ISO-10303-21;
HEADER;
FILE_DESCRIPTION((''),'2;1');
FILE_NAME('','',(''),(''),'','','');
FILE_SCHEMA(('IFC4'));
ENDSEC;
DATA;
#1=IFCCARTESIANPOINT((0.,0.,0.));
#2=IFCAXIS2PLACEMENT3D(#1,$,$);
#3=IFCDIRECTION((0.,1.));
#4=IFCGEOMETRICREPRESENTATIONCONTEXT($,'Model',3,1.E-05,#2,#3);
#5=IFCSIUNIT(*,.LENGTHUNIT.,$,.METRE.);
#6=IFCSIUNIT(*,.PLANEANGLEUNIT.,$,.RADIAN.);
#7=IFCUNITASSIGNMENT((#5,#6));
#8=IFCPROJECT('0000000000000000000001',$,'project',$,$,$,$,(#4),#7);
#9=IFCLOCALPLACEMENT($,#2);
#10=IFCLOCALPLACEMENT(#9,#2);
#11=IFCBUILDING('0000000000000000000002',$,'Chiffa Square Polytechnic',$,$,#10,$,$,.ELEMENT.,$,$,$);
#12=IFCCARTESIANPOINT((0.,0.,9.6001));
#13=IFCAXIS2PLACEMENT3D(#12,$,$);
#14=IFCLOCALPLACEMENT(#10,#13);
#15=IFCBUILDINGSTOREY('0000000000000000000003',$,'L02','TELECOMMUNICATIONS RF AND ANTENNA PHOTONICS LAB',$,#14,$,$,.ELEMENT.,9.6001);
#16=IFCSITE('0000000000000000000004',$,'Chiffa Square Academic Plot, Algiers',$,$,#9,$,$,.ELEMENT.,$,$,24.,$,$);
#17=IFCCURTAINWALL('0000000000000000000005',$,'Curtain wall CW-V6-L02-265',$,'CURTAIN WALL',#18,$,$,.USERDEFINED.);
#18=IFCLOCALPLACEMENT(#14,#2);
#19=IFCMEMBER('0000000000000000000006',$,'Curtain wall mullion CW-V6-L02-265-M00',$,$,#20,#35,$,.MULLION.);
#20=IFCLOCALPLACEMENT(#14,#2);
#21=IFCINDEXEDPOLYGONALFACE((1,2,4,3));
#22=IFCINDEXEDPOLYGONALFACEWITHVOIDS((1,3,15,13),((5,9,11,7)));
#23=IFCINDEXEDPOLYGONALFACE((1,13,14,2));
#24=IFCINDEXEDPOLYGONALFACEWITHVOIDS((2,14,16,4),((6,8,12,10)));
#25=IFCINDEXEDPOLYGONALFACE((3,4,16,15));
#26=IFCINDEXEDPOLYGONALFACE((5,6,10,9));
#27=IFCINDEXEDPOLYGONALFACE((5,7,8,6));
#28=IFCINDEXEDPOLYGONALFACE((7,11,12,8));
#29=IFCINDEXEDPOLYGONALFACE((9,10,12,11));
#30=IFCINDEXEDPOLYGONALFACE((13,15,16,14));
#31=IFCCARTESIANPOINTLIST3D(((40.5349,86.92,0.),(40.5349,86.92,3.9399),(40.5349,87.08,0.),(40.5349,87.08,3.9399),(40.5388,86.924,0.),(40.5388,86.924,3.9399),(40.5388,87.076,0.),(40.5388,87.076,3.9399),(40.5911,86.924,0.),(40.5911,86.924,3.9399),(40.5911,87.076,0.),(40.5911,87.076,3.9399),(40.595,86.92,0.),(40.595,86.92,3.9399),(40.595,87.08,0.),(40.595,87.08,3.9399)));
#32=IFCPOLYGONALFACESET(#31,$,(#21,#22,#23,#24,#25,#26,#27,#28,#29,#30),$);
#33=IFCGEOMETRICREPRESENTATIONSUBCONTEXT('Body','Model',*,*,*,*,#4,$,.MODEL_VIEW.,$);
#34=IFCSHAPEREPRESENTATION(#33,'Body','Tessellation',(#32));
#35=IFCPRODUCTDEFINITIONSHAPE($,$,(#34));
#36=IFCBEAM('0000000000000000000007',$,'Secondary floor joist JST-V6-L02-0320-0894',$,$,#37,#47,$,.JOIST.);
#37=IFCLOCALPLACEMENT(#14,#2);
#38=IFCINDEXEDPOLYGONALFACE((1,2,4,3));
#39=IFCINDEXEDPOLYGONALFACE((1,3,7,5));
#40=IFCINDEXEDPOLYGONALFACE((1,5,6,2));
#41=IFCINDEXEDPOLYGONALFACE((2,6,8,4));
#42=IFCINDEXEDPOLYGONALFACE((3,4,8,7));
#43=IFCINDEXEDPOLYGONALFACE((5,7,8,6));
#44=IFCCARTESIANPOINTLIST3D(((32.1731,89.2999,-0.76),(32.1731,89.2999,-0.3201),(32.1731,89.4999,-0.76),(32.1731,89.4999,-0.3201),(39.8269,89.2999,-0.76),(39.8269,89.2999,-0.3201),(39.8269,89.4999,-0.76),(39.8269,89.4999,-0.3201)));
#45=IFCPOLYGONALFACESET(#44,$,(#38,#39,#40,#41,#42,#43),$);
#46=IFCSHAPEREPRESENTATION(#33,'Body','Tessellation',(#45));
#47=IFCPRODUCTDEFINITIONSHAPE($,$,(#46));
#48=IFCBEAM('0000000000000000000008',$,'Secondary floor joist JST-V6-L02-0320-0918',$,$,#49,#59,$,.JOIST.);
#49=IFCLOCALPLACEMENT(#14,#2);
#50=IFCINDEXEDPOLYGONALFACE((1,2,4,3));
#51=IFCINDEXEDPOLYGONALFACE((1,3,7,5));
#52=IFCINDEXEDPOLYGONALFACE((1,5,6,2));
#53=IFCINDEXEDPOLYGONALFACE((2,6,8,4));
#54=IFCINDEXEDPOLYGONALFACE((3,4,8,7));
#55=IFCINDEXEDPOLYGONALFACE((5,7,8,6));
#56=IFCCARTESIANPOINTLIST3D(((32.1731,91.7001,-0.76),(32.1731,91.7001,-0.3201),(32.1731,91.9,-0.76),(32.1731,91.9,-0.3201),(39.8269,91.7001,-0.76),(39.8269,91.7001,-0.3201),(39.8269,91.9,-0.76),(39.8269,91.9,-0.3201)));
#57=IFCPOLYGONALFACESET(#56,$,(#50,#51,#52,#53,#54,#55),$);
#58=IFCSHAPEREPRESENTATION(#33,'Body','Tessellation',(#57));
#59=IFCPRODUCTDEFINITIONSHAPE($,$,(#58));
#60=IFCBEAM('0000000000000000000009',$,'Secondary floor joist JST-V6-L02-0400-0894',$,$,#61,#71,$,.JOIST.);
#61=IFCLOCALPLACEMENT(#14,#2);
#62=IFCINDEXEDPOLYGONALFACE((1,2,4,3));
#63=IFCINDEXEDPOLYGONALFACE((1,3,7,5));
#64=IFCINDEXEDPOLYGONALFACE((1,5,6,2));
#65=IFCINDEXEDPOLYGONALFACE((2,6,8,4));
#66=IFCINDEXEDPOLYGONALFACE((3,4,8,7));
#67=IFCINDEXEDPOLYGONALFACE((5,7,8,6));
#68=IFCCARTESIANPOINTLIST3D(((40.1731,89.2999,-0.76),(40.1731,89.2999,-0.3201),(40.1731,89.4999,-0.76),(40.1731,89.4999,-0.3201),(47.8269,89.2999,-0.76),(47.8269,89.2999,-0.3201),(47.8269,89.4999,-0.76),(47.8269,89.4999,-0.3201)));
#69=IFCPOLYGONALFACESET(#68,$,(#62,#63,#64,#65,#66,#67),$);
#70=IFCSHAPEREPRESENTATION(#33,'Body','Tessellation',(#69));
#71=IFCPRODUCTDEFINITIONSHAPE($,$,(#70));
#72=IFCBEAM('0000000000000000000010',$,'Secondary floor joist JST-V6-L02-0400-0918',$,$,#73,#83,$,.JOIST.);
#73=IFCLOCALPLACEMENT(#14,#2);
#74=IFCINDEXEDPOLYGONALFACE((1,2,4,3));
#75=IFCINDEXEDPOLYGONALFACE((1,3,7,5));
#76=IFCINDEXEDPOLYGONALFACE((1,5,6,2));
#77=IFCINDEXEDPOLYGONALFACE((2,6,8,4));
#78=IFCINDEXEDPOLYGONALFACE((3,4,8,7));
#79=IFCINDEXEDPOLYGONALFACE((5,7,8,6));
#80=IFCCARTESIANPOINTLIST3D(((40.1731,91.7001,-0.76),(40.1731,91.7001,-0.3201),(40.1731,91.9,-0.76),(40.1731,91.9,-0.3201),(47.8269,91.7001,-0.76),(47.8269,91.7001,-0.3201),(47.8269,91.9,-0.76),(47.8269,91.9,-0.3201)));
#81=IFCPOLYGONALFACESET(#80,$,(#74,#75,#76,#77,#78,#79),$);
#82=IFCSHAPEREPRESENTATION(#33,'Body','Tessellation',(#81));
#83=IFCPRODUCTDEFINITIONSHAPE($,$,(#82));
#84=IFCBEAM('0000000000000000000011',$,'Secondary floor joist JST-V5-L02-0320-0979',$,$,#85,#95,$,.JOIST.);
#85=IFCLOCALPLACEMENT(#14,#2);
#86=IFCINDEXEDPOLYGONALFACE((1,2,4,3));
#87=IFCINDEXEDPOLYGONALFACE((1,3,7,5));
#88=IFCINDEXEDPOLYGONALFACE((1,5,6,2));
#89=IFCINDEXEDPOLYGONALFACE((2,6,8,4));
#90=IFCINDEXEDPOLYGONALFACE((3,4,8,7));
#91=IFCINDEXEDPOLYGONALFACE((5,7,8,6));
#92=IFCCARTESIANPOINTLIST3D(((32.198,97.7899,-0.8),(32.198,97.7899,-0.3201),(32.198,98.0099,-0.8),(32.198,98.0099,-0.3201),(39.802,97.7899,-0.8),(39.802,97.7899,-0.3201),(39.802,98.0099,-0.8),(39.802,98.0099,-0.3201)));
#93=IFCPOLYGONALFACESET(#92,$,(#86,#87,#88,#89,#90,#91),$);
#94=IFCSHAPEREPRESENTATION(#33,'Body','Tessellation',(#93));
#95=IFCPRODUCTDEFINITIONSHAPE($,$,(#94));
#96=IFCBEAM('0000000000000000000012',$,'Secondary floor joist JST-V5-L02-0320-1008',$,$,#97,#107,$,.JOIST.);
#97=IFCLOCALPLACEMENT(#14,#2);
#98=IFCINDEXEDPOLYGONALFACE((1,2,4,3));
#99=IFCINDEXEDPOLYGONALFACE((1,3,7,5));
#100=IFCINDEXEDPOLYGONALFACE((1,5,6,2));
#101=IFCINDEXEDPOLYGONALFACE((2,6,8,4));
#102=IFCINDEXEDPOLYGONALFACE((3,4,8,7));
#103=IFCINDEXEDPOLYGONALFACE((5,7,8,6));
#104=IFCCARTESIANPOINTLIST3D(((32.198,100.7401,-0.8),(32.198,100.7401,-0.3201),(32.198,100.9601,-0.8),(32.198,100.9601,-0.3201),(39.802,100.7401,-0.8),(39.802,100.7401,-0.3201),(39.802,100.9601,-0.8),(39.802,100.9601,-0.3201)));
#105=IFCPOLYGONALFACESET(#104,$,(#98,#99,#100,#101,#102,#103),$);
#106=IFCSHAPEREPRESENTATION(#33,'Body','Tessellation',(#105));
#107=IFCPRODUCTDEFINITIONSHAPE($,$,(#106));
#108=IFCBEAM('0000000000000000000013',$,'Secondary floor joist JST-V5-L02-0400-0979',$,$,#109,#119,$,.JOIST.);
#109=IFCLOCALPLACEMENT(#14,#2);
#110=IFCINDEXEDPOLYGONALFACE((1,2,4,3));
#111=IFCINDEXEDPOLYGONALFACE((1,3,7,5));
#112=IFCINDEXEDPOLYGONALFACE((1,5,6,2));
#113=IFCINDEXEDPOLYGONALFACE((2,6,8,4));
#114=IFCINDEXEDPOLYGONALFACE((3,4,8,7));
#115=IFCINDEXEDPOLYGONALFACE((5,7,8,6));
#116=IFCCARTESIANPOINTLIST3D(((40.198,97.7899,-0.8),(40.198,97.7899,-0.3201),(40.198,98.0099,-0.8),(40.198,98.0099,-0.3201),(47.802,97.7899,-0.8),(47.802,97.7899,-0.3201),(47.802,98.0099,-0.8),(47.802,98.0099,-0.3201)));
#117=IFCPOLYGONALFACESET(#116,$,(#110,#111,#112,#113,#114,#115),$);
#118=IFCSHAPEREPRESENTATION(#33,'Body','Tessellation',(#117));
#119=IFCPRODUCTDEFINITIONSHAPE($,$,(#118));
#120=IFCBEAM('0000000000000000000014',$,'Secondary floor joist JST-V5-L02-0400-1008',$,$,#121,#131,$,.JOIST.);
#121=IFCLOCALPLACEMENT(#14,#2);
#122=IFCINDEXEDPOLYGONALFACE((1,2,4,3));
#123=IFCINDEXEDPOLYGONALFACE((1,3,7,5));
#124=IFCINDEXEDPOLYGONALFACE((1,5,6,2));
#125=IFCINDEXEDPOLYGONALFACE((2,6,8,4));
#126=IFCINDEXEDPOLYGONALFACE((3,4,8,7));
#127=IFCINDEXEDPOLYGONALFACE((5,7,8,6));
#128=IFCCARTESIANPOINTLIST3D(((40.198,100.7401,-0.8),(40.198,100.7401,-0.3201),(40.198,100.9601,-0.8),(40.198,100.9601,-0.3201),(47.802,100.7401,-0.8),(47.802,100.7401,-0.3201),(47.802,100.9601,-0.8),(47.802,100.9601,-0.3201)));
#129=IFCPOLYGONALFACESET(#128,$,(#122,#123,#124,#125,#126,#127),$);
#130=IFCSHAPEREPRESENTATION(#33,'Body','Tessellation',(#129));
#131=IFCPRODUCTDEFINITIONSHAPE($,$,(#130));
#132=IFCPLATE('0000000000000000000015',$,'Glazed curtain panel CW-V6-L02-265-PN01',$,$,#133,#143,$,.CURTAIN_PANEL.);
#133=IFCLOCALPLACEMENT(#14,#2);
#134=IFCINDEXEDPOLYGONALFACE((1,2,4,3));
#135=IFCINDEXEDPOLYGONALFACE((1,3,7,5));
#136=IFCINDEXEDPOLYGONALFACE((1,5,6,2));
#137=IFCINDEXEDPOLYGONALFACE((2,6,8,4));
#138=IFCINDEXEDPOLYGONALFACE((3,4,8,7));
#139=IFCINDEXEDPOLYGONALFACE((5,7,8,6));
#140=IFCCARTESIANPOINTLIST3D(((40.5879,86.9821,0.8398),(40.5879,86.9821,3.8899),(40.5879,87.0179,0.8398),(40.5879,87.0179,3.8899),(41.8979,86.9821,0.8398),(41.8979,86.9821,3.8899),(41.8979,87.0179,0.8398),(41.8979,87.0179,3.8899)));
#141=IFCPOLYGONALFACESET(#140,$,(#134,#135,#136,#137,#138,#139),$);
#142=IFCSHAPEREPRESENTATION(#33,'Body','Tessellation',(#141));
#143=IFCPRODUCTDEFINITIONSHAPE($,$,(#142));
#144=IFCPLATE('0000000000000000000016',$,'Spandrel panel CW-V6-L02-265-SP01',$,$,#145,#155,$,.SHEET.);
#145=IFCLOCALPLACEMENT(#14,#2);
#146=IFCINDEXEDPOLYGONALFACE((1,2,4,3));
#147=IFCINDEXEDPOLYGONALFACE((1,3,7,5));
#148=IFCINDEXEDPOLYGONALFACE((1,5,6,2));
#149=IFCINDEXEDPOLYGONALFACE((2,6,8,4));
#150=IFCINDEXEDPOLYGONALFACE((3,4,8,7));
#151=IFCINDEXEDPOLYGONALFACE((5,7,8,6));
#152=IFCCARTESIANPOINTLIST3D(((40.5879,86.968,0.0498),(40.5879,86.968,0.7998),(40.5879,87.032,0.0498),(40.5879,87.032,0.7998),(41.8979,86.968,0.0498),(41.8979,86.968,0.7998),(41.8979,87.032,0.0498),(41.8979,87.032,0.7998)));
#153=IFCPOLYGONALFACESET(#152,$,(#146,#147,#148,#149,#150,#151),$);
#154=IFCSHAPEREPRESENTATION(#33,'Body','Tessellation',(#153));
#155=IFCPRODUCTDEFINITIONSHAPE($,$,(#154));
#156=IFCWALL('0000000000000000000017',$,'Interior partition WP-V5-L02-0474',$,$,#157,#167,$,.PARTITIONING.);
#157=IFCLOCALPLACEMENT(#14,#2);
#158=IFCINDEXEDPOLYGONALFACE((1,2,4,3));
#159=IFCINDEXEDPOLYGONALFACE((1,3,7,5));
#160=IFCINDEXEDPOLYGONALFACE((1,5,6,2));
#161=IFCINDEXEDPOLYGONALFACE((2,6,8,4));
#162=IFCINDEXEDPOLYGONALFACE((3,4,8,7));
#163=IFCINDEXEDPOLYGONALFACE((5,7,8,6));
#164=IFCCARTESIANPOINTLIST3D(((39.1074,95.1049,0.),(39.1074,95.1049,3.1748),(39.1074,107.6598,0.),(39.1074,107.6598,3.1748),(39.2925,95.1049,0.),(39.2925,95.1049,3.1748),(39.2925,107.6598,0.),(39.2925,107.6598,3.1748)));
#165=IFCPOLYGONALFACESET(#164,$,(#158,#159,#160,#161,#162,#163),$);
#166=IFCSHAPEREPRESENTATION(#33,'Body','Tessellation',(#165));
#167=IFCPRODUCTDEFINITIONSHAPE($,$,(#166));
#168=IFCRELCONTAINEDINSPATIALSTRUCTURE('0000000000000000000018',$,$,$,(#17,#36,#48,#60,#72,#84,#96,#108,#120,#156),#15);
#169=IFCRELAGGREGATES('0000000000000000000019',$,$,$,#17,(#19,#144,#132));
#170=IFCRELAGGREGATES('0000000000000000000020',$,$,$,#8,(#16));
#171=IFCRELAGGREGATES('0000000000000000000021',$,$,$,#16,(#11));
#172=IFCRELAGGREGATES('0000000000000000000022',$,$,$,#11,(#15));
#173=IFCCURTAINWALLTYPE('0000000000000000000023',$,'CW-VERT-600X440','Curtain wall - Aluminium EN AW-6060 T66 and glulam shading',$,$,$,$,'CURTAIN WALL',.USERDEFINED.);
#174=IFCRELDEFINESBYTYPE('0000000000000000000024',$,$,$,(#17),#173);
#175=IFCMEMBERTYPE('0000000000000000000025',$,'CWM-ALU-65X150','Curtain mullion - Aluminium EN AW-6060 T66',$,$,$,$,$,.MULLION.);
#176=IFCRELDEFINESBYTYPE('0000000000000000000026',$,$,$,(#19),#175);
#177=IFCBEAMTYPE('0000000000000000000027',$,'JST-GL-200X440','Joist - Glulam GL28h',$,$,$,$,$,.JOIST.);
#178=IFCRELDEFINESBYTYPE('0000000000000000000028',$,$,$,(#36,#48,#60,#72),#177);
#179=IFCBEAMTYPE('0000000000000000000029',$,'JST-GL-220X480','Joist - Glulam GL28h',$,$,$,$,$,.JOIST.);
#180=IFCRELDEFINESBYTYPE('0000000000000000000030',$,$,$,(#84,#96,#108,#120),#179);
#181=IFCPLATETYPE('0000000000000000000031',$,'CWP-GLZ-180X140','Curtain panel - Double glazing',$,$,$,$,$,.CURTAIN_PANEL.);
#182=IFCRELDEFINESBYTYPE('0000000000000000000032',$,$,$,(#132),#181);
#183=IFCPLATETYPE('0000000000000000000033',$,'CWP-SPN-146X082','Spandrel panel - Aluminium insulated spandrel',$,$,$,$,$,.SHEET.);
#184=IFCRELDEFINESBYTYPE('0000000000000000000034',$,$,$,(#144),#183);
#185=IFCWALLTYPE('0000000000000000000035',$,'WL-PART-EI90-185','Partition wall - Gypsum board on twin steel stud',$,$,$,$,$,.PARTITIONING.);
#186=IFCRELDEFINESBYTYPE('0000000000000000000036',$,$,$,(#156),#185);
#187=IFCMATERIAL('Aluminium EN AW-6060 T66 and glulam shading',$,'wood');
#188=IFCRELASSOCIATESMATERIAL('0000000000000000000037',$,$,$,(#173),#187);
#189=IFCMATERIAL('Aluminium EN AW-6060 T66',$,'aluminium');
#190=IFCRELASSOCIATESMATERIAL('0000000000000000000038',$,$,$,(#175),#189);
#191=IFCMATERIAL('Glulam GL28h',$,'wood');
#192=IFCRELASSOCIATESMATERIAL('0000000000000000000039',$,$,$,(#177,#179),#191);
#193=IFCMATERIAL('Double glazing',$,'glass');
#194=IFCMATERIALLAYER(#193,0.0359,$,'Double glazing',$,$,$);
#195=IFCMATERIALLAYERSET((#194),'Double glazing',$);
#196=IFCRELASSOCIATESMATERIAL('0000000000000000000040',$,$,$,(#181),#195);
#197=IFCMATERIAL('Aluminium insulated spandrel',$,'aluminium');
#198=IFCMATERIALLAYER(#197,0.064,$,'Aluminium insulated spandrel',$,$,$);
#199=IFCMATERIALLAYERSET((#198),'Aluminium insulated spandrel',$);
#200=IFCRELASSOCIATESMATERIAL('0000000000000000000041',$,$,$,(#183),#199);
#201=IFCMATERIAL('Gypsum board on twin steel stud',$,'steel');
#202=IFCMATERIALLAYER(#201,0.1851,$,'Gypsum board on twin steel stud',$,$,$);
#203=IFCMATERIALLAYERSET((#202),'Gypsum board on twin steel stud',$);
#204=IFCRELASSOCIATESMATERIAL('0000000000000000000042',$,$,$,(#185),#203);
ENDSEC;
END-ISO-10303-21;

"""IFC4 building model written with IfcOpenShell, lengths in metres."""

from ifc_helpers import new_model, si_unit, direction, frame, frame_2d, origin, origin_2d, place, context, subcontext, project, spatial, rectangle, hollow_rectangle, extrude, material, layer, layer_set, material_profile, profile_set, type_object, element, aggregate, save


model = new_model("IFC4")

# Units and contexts
model_context = context("Model", 3, precision=1e-05, world=origin(), true_north=direction((0.0, 1.0)))
body_context = subcontext(model_context, "Body", "Model", "MODEL_VIEW")
ifc_project = project(units=[si_unit("LENGTHUNIT", "METRE"), si_unit("PLANEANGLEUNIT", "RADIAN")], contexts=[model_context])

# Site, building, storey
site_placement = place(None, origin())
site = spatial("IfcSite", under=ifc_project, at=site_placement, Name="Chiffa Square Academic Plot, Algiers", CompositionType="ELEMENT", RefElevation=24.0)
building_placement = place(site_placement, origin())
building = spatial("IfcBuilding", under=site, at=building_placement, Name="Chiffa Square Polytechnic", CompositionType="ELEMENT")
storey_placement = place(building_placement, frame((0.0, 0.0, 9.6001)))
storey = spatial("IfcBuildingStorey", under=building, at=storey_placement, Name="L02", Description="TELECOMMUNICATIONS RF AND ANTENNA PHOTONICS LAB", CompositionType="ELEMENT", Elevation=9.6001)

# Curtain wall, member
ifc_material_1 = material(Name="Aluminium EN AW-6060 T66 and glulam shading", Category="wood")
curtain_wall_type = type_object("IfcCurtainWallType", Name="CW-VERT-600X440", Description="Curtain wall - Aluminium EN AW-6060 T66 and glulam shading", ElementType="CURTAIN WALL", PredefinedType="USERDEFINED", material=ifc_material_1)
curtain_wall_placement = place(storey_placement, origin())
curtain_wall = element("IfcCurtainWall", 1, at=curtain_wall_placement, inside=storey, type_object=curtain_wall_type, Name="Curtain wall CW-V6-L02-265", ObjectType="CURTAIN WALL", PredefinedType="USERDEFINED")
ifc_material_2 = material(Name="Aluminium EN AW-6060 T66", Category="aluminium")
ifc_material_profile_1 = material_profile(ifc_material_2, hollow_rectangle(XDim=0.0601, YDim=0.1599, WallThickness=0.0039, at=origin_2d()), Name="ALU 60x160x4")
ifc_profile_set_1 = profile_set([ifc_material_profile_1], Name="Aluminium EN AW-6060 T66")
member_type = type_object("IfcMemberType", Name="CWM-ALU-65X150", Description="Curtain mullion - Aluminium EN AW-6060 T66", PredefinedType="MULLION", material=ifc_profile_set_1)
member_placement = place(storey_placement, frame((40.5649, 87.0, 0.0), z_axis=(0.0, 0.0, 1.0), x_axis=(1.0, 0.0, 0.0)))
member = element("IfcMember", 2, at=member_placement, type_object=member_type, Name="Curtain wall mullion CW-V6-L02-265-M00", PredefinedType="MULLION", context=body_context, shape_type="SweptSolid", body=[
    extrude(hollow_rectangle(XDim=0.0601, YDim=0.1599, WallThickness=0.0039, at=origin_2d()), origin(), (0.0, 0.0, 1.0), 3.9399),
])

# Beams
ifc_material_3 = material(Name="Glulam GL28h", Category="wood")
ifc_material_profile_2 = material_profile(ifc_material_3, rectangle(XDim=0.2, YDim=0.4399, at=origin_2d()), Name="GL28h 200x440")
ifc_profile_set_2 = profile_set([ifc_material_profile_2], Name="Glulam GL28h")
beam_type_1 = type_object("IfcBeamType", Name="JST-GL-200X440", Description="Joist - Glulam GL28h", PredefinedType="JOIST", material=ifc_profile_set_2)
for number, where, z_axis, x_axis, name in (
    (3, (32.1731, 89.3999, -0.54), (1.0, 0.0, 0.0), (0.0, 1.0, 0.0), "Secondary floor joist JST-V6-L02-0320-0894"),
    (4, (32.1731, 91.8, -0.54), (1.0, 0.0, 0.0), (0.0, 1.0, 0.0), "Secondary floor joist JST-V6-L02-0320-0918"),
    (5, (40.1731, 89.3999, -0.54), (1.0, 0.0, 0.0), (0.0, 1.0, 0.0), "Secondary floor joist JST-V6-L02-0400-0894"),
    (6, (40.1731, 91.8, -0.54), (1.0, 0.0, 0.0), (0.0, 1.0, 0.0), "Secondary floor joist JST-V6-L02-0400-0918"),
):
    element("IfcBeam", number, at=place(storey_placement, frame(where, z_axis=z_axis, x_axis=x_axis)), inside=storey, type_object=beam_type_1, Name=name, PredefinedType="JOIST", context=body_context, shape_type="SweptSolid", body=[
        extrude(rectangle(XDim=0.2, YDim=0.4399, at=origin_2d()), origin(), (0.0, 0.0, 1.0), 7.6538),
    ])
ifc_material_profile_3 = material_profile(ifc_material_3, rectangle(XDim=0.22, YDim=0.48, at=origin_2d()), Name="GL28h 220x480")
ifc_profile_set_3 = profile_set([ifc_material_profile_3], Name="Glulam GL28h")
beam_type_2 = type_object("IfcBeamType", Name="JST-GL-220X480", Description="Joist - Glulam GL28h", PredefinedType="JOIST", material=ifc_profile_set_3)
for number, where, z_axis, x_axis, name in (
    (7, (32.198, 97.8999, -0.5601), (1.0, 0.0, 0.0), (0.0, 1.0, 0.0), "Secondary floor joist JST-V5-L02-0320-0979"),
    (8, (32.198, 100.8501, -0.5601), (1.0, 0.0, 0.0), (0.0, 1.0, 0.0), "Secondary floor joist JST-V5-L02-0320-1008"),
    (9, (40.198, 97.8999, -0.5601), (1.0, 0.0, 0.0), (0.0, 1.0, 0.0), "Secondary floor joist JST-V5-L02-0400-0979"),
    (10, (40.198, 100.8501, -0.5601), (1.0, 0.0, 0.0), (0.0, 1.0, 0.0), "Secondary floor joist JST-V5-L02-0400-1008"),
):
    element("IfcBeam", number, at=place(storey_placement, frame(where, z_axis=z_axis, x_axis=x_axis)), inside=storey, type_object=beam_type_2, Name=name, PredefinedType="JOIST", context=body_context, shape_type="SweptSolid", body=[
        extrude(rectangle(XDim=0.22, YDim=0.48, at=origin_2d()), origin(), (0.0, 0.0, 1.0), 7.604),
    ])

# Plates
ifc_material_4 = material(Name="Double glazing", Category="glass")
ifc_layer_1 = layer(ifc_material_4, 0.0359, Name="Double glazing")
ifc_layer_set_1 = layer_set([ifc_layer_1], Name="Double glazing")
plate_type_1 = type_object("IfcPlateType", Name="CWP-GLZ-180X140", Description="Curtain panel - Double glazing", PredefinedType="CURTAIN_PANEL", material=ifc_layer_set_1)
plate_1_placement = place(storey_placement, frame((41.2429, 87.0, 0.8398), z_axis=(0.0, 0.0, 1.0), x_axis=(1.0, 0.0, 0.0)))
plate_1 = element("IfcPlate", 11, at=plate_1_placement, type_object=plate_type_1, Name="Glazed curtain panel CW-V6-L02-265-PN01", PredefinedType="CURTAIN_PANEL", context=body_context, shape_type="SweptSolid", body=[
    extrude(rectangle(XDim=1.3101, YDim=0.0359, at=origin_2d()), origin(), (0.0, 0.0, 1.0), 3.05),
])
ifc_material_5 = material(Name="Aluminium insulated spandrel", Category="aluminium")
ifc_layer_2 = layer(ifc_material_5, 0.064, Name="Aluminium insulated spandrel")
ifc_layer_set_2 = layer_set([ifc_layer_2], Name="Aluminium insulated spandrel")
plate_type_2 = type_object("IfcPlateType", Name="CWP-SPN-146X082", Description="Spandrel panel - Aluminium insulated spandrel", PredefinedType="SHEET", material=ifc_layer_set_2)
plate_2_placement = place(storey_placement, frame((41.2429, 87.0, 0.0498), z_axis=(0.0, 0.0, 1.0), x_axis=(1.0, 0.0, 0.0)))
plate_2 = element("IfcPlate", 12, at=plate_2_placement, type_object=plate_type_2, Name="Spandrel panel CW-V6-L02-265-SP01", PredefinedType="SHEET", context=body_context, shape_type="SweptSolid", body=[
    extrude(rectangle(XDim=1.3101, YDim=0.064, at=origin_2d()), origin(), (0.0, 0.0, 1.0), 0.75),
])
aggregate(curtain_wall, [member, plate_2, plate_1])

# Wall
ifc_material_6 = material(Name="Gypsum board on twin steel stud", Category="steel")
ifc_layer_3 = layer(ifc_material_6, 0.1851, Name="Gypsum board on twin steel stud")
ifc_layer_set_3 = layer_set([ifc_layer_3], Name="Gypsum board on twin steel stud")
wall_type = type_object("IfcWallType", Name="WL-PART-EI90-185", Description="Partition wall - Gypsum board on twin steel stud", PredefinedType="PARTITIONING", material=ifc_layer_set_3)
wall_placement = place(storey_placement, frame((39.2, 95.105, 0.0), z_axis=(0.0, 0.0, 1.0), x_axis=(0.0, 1.0, 0.0)))
element("IfcWall", 13, at=wall_placement, inside=storey, type_object=wall_type, Name="Interior partition WP-V5-L02-0474", PredefinedType="PARTITIONING", context=body_context, shape_type="SweptSolid", body=[
    extrude(rectangle(XDim=12.5549, YDim=0.1851, at=frame_2d((6.2773, 0.0))), origin(), (0.0, 0.0, 1.0), 3.1748),
])

save(model, "model.ifc")
